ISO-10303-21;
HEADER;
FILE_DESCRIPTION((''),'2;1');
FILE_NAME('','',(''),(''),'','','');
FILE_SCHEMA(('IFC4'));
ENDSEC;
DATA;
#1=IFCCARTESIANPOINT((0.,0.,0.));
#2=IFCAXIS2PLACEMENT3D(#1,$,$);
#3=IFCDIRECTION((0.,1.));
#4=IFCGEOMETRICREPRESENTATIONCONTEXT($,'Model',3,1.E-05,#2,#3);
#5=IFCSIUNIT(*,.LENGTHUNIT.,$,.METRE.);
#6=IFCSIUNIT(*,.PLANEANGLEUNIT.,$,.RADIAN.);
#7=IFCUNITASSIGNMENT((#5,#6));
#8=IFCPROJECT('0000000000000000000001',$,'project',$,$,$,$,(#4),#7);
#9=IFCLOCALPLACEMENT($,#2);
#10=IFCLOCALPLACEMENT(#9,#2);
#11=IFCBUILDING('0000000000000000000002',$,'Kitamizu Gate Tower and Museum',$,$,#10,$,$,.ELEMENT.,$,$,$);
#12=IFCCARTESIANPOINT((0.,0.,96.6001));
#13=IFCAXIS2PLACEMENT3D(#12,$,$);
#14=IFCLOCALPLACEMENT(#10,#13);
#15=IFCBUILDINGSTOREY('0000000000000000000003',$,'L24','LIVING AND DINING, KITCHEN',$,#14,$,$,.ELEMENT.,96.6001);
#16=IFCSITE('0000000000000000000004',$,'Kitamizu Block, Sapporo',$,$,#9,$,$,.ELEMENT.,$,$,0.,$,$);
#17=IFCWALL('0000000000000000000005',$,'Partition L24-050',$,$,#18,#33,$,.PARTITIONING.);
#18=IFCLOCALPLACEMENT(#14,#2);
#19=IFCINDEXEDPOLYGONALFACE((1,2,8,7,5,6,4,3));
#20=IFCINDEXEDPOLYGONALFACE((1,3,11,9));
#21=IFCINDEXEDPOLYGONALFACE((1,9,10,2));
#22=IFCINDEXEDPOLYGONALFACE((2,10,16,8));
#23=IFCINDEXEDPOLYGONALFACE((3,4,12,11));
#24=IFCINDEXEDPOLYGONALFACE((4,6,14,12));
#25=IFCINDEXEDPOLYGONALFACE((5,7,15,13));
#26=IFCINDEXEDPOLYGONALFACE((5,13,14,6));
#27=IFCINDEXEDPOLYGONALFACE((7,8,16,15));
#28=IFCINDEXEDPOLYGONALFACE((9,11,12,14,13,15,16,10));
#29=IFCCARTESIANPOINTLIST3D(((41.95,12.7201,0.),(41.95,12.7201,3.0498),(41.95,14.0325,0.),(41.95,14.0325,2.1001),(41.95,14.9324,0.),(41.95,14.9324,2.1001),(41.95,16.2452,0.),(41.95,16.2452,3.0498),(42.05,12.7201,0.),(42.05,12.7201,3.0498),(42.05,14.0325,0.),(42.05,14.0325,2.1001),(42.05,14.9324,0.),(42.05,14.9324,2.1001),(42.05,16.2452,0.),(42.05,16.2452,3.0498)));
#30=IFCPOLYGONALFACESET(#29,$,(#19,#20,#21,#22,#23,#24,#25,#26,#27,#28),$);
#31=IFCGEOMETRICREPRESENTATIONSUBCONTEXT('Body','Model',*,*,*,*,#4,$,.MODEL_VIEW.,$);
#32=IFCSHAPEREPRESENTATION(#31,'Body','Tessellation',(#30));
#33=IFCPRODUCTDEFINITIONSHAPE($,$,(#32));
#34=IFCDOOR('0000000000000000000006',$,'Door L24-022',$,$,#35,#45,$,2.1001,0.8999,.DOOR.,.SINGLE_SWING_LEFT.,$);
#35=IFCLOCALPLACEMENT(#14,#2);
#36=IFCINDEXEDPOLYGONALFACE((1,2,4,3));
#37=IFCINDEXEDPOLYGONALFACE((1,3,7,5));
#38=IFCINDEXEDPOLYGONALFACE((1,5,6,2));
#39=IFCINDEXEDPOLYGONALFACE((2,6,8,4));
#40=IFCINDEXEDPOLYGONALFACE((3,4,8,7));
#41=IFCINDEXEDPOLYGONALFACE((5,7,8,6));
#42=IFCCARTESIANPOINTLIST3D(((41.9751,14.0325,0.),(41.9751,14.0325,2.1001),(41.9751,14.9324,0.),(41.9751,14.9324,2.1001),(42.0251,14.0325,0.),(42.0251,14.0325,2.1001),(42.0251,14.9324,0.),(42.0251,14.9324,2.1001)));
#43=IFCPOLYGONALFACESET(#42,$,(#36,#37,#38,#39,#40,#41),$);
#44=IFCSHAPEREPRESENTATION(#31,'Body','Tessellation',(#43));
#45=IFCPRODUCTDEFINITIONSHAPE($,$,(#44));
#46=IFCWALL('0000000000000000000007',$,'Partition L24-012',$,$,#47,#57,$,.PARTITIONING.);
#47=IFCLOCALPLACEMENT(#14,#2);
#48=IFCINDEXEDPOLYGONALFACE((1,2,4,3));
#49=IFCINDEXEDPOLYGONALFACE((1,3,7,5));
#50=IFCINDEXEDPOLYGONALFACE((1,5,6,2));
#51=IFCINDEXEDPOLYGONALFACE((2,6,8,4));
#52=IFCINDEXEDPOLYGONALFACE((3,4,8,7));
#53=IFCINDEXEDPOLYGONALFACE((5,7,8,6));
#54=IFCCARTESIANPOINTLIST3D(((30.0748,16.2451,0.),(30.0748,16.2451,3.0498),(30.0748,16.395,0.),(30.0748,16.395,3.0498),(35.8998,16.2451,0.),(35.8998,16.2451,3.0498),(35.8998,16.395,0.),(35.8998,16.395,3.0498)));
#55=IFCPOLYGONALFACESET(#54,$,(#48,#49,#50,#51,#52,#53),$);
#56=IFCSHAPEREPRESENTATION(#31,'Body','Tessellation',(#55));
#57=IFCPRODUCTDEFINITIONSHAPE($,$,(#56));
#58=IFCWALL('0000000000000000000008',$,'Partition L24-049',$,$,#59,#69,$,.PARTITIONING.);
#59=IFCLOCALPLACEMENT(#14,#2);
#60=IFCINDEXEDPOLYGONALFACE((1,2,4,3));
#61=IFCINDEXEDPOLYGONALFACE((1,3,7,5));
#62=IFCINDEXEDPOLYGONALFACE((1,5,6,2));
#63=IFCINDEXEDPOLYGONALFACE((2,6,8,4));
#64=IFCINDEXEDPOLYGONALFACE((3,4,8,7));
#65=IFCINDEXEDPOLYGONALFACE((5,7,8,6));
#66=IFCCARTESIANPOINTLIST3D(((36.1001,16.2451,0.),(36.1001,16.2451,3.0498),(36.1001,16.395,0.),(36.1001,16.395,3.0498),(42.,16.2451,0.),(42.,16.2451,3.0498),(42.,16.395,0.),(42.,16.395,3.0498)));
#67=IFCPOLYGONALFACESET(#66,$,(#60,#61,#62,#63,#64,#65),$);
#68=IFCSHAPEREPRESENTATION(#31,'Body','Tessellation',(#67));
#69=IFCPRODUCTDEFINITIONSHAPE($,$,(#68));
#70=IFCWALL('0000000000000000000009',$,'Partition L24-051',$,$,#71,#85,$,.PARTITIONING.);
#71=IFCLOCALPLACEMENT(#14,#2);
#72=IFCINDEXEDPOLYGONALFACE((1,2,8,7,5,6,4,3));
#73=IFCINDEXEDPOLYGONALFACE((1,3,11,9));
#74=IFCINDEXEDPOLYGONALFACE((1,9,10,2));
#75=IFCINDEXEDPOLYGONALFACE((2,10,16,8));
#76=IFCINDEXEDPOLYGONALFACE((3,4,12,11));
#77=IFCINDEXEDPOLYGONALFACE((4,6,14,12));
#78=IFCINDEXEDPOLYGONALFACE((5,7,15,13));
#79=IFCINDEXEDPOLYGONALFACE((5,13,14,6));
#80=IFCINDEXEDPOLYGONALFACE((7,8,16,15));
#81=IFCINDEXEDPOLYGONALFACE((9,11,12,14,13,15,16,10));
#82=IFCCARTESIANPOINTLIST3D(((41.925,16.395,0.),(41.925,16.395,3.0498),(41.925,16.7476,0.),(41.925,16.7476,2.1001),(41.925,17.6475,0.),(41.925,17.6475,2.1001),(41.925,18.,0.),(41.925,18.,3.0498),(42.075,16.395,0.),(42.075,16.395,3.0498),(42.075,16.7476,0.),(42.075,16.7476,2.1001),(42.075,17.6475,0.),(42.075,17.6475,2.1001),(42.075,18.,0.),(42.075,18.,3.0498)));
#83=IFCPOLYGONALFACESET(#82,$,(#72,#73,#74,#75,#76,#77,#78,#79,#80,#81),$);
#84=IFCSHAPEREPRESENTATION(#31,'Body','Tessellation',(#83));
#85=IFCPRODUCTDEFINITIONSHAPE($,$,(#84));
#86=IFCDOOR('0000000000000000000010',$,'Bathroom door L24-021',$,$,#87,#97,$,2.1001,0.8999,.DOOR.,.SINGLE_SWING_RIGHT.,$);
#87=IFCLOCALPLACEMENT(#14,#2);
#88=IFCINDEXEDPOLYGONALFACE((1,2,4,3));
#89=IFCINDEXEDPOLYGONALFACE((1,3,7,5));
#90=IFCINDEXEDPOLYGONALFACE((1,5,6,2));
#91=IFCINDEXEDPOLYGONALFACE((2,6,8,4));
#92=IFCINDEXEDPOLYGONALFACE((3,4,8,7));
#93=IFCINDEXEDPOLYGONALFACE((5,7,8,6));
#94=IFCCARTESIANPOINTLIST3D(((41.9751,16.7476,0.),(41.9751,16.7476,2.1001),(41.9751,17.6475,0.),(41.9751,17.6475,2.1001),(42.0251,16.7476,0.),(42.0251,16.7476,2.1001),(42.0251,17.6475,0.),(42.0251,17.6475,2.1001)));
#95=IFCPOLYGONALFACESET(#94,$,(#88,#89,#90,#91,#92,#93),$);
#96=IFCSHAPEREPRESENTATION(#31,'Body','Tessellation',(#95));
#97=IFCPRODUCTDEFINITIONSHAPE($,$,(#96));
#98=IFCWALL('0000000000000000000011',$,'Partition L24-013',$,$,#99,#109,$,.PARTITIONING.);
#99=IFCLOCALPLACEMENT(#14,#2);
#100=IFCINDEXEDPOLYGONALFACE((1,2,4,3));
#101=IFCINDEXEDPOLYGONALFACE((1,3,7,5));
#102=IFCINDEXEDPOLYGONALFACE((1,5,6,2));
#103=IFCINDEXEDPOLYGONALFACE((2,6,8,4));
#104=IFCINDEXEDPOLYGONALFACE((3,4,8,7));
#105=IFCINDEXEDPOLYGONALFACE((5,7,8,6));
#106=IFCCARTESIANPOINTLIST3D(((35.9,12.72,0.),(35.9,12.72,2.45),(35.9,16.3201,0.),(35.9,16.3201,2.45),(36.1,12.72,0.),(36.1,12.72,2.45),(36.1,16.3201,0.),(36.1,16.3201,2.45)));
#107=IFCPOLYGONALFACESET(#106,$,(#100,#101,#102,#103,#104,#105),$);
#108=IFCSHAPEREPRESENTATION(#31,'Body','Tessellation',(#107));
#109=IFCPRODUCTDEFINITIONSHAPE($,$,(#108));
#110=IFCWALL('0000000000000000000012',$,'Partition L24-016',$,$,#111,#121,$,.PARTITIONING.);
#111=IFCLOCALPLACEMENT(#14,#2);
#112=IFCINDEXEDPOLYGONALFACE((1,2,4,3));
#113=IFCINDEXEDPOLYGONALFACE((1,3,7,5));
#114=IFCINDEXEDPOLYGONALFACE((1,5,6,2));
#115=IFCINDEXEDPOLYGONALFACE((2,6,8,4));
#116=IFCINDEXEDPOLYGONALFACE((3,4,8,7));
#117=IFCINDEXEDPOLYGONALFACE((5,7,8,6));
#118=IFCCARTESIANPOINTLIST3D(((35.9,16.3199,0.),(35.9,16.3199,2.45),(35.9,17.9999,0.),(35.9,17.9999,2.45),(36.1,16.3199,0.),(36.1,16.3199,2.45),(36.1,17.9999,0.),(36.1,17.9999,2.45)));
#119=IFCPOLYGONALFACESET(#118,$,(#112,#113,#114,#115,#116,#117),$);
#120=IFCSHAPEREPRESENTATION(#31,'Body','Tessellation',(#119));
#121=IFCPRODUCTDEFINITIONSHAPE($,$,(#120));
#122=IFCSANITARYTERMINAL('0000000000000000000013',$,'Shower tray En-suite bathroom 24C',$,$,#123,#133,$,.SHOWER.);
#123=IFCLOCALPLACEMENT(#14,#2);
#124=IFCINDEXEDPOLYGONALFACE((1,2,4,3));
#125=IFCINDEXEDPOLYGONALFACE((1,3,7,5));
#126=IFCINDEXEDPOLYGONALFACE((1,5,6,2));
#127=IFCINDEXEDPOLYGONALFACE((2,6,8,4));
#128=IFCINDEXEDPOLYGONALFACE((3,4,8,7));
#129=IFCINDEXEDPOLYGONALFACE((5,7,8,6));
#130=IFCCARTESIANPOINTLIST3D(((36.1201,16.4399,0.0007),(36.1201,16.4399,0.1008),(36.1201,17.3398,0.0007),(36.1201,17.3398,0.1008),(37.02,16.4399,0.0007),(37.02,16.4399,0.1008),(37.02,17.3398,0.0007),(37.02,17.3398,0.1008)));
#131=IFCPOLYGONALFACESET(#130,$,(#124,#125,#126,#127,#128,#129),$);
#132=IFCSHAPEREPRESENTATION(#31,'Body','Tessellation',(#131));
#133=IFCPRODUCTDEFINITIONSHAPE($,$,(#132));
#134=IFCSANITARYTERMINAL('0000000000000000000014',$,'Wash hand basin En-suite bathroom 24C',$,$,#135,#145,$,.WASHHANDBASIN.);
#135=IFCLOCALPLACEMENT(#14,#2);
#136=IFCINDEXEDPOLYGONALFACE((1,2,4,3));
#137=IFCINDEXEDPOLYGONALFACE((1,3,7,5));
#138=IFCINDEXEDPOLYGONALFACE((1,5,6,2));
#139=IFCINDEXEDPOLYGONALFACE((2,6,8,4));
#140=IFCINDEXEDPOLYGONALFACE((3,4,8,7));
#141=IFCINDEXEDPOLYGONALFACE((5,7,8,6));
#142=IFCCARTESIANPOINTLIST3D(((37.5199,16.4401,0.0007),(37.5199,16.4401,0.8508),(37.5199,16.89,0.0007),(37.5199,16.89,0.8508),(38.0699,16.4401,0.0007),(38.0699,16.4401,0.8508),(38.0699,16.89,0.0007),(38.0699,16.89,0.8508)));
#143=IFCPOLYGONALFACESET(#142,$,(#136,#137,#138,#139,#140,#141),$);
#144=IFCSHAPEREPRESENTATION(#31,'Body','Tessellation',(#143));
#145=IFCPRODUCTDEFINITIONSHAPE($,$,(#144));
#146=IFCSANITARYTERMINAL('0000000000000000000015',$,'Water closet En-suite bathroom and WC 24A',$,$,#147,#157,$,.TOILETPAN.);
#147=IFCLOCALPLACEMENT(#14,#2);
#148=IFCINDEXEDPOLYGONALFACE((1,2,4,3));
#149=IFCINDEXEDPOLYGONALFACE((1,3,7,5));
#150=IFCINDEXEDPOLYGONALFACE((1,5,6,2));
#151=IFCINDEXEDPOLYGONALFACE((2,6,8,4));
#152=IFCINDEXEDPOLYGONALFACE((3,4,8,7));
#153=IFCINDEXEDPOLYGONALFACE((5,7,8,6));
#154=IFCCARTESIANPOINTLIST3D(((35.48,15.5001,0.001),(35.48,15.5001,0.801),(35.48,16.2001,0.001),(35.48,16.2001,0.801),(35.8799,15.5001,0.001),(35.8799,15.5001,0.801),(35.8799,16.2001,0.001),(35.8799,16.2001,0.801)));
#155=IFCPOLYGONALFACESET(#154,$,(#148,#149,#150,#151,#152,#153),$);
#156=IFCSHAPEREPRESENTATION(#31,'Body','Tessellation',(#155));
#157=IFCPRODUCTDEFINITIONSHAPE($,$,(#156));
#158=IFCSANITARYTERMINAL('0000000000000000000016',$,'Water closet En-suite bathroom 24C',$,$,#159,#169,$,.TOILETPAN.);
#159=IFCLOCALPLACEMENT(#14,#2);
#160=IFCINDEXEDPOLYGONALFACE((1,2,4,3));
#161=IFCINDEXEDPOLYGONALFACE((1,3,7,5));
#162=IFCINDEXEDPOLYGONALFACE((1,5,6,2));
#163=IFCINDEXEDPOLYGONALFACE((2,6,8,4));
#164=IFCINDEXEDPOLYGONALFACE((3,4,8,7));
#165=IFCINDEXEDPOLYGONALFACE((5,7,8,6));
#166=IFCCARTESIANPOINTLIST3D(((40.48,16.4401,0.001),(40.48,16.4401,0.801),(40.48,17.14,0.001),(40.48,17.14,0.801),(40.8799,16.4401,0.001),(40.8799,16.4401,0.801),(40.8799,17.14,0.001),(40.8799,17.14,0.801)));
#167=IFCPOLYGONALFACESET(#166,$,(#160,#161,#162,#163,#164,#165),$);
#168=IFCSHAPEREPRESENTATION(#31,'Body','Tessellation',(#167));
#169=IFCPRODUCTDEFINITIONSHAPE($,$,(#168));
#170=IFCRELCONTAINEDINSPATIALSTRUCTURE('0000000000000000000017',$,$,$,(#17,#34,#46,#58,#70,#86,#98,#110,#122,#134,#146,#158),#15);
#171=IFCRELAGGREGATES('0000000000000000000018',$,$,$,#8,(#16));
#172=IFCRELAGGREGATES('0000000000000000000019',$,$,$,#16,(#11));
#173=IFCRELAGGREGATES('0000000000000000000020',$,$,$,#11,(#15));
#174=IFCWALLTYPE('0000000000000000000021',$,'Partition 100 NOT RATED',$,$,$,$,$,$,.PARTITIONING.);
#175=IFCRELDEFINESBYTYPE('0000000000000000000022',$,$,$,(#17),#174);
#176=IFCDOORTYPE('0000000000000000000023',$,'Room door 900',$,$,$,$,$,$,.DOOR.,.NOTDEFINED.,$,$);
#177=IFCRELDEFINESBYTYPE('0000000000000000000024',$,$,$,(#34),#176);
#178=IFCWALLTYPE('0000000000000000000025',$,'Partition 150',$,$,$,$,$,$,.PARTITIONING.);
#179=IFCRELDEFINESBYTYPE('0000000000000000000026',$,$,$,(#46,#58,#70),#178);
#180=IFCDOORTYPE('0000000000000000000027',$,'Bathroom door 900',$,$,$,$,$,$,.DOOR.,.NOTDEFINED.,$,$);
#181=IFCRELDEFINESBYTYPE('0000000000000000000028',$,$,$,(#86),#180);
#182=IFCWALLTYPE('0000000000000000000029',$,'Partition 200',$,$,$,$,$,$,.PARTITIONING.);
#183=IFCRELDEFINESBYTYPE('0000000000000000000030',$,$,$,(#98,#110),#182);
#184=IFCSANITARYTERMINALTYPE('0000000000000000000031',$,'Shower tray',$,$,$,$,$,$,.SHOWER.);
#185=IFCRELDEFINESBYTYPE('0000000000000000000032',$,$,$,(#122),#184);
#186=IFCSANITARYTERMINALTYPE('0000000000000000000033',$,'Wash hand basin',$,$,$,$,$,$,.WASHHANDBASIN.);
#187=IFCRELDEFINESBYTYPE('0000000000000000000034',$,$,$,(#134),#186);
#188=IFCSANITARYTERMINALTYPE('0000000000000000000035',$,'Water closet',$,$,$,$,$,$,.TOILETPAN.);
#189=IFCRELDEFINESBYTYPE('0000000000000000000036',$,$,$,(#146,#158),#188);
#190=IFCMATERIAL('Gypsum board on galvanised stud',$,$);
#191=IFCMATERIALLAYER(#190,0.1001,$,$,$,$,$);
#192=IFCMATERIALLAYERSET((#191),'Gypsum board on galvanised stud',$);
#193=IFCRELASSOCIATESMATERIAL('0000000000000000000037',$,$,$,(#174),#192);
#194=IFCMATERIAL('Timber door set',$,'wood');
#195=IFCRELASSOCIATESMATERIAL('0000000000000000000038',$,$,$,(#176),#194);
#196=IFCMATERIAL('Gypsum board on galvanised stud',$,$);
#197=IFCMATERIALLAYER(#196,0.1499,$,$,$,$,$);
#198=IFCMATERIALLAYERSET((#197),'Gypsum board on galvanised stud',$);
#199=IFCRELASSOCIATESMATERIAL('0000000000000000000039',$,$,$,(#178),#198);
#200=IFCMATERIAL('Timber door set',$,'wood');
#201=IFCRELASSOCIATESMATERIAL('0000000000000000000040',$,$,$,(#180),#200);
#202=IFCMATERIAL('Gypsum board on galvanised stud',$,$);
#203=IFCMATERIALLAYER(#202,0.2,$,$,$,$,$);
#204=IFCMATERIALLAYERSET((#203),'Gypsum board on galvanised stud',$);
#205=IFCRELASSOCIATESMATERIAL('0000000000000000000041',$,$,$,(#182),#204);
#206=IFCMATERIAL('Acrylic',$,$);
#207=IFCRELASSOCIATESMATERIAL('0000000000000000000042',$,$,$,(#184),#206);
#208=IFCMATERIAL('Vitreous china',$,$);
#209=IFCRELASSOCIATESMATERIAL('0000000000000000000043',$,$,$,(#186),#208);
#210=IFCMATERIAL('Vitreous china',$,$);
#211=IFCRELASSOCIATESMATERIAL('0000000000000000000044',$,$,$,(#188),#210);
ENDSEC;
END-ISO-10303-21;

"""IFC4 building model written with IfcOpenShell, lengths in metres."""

from ifc_helpers import new_model, si_unit, direction, frame, frame_2d, origin, origin_2d, place, context, subcontext, project, spatial, rectangle, extrude, material, layer, layer_set, type_object, element, fill, save


model = new_model("IFC4")

# Units and contexts
model_context = context("Model", 3, precision=1e-05, world=origin(), true_north=direction((0.0, 1.0)))
body_context = subcontext(model_context, "Body", "Model", "MODEL_VIEW")
ifc_project = project(units=[si_unit("LENGTHUNIT", "METRE"), si_unit("PLANEANGLEUNIT", "RADIAN")], contexts=[model_context])

# Site, building, storey
site_placement = place(None, origin())
site = spatial("IfcSite", under=ifc_project, at=site_placement, Name="Kitamizu Block, Sapporo", CompositionType="ELEMENT", RefElevation=0.0)
building_placement = place(site_placement, origin())
building = spatial("IfcBuilding", under=site, at=building_placement, Name="Kitamizu Gate Tower and Museum", CompositionType="ELEMENT")
storey_placement = place(building_placement, frame((0.0, 0.0, 96.6001)))
storey = spatial("IfcBuildingStorey", under=building, at=storey_placement, Name="L24", Description="LIVING AND DINING, KITCHEN", CompositionType="ELEMENT", Elevation=96.6001)

# Wall, opening, door
ifc_material_1 = material(Name="Gypsum board on galvanised stud")
ifc_layer_1 = layer(ifc_material_1, 0.1001)
ifc_layer_set_1 = layer_set([ifc_layer_1], Name="Gypsum board on galvanised stud")
wall_type_1 = type_object("IfcWallType", Name="Partition 100 NOT RATED", PredefinedType="PARTITIONING", material=ifc_layer_set_1)
wall_1_placement = place(storey_placement, frame((42.0, 12.72, 0.0), z_axis=(0.0, 0.0, 1.0), x_axis=(0.0, 1.0, 0.0)))
wall_1 = element("IfcWall", 1, at=wall_1_placement, inside=storey, type_object=wall_type_1, Name="Partition L24-050", PredefinedType="PARTITIONING", context=body_context, shape_type="SweptSolid", body=[
    extrude(rectangle(XDim=3.5251, YDim=0.1001, at=frame_2d((1.7627, 0.0))), origin(), (0.0, 0.0, 1.0), 3.0498),
])
opening_1_placement = place(wall_1_placement, frame((1.3125, 0.0, 0.0)))
opening_1 = element("IfcOpeningElement", 2, at=opening_1_placement, cuts=wall_1, PredefinedType="OPENING", context=body_context, shape_type="SweptSolid", body=[
    extrude(rectangle(XDim=0.8999, YDim=2.1001, at=frame_2d((0.45, 1.05))), frame((0.0, 0.0601, 0.0), z_axis=(0.0, -1.0, 0.0), x_axis=(1.0, 0.0, 0.0)), (0.0, 0.0, 1.0), 0.1201),
])
ifc_material_2 = material(Name="Timber door set", Category="wood")
door_type_1 = type_object("IfcDoorType", Name="Room door 900", OperationType="NOTDEFINED", PredefinedType="DOOR", material=ifc_material_2)
door_1_placement = place(opening_1_placement, origin())
door_1 = element("IfcDoor", 3, at=door_1_placement, inside=storey, type_object=door_type_1, Name="Door L24-022", OperationType="SINGLE_SWING_LEFT", OverallHeight=2.1001, OverallWidth=0.8999, PredefinedType="DOOR", context=body_context, shape_type="SweptSolid", body=[
    extrude(rectangle(XDim=0.8999, YDim=2.1001, at=frame_2d((0.45, 1.05))), frame((0.0, 0.0249, 0.0), z_axis=(0.0, -1.0, 0.0), x_axis=(1.0, 0.0, 0.0)), (0.0, 0.0, 1.0), 0.05),
])
fill(opening_1, door_1)

# Walls
ifc_material_3 = material(Name="Gypsum board on galvanised stud")
ifc_layer_2 = layer(ifc_material_3, 0.1499)
ifc_layer_set_2 = layer_set([ifc_layer_2], Name="Gypsum board on galvanised stud")
wall_type_2 = type_object("IfcWallType", Name="Partition 150", PredefinedType="PARTITIONING", material=ifc_layer_set_2)
wall_2_placement = place(storey_placement, frame((35.8999, 16.3201, 0.0), z_axis=(0.0, 0.0, 1.0), x_axis=(-1.0, 0.0, 0.0)))
element("IfcWall", 4, at=wall_2_placement, inside=storey, type_object=wall_type_2, Name="Partition L24-012", PredefinedType="PARTITIONING", context=body_context, shape_type="SweptSolid", body=[
    extrude(rectangle(XDim=5.825, YDim=0.1499, at=frame_2d((2.9126, 0.0))), origin(), (0.0, 0.0, 1.0), 3.0498),
])
wall_3_placement = place(storey_placement, frame((42.0, 16.3201, 0.0), z_axis=(0.0, 0.0, 1.0), x_axis=(-1.0, 0.0, 0.0)))
element("IfcWall", 5, at=wall_3_placement, inside=storey, type_object=wall_type_2, Name="Partition L24-049", PredefinedType="PARTITIONING", context=body_context, shape_type="SweptSolid", body=[
    extrude(rectangle(XDim=5.8999, YDim=0.1499, at=frame_2d((2.95, 0.0))), origin(), (0.0, 0.0, 1.0), 3.0498),
])

# Wall, opening, door
wall_4_placement = place(storey_placement, frame((42.0, 16.395, 0.0), z_axis=(0.0, 0.0, 1.0), x_axis=(0.0, 1.0, 0.0)))
wall_4 = element("IfcWall", 6, at=wall_4_placement, inside=storey, type_object=wall_type_2, Name="Partition L24-051", PredefinedType="PARTITIONING", context=body_context, shape_type="SweptSolid", body=[
    extrude(rectangle(XDim=1.605, YDim=0.1499, at=frame_2d((0.8025, 0.0))), origin(), (0.0, 0.0, 1.0), 3.0498),
])
opening_2_placement = place(wall_4_placement, frame((0.3525, 0.0, 0.0)))
opening_2 = element("IfcOpeningElement", 7, at=opening_2_placement, cuts=wall_4, PredefinedType="OPENING", context=body_context, shape_type="SweptSolid", body=[
    extrude(rectangle(XDim=0.8999, YDim=2.1001, at=frame_2d((0.45, 1.05))), frame((0.0, 0.085, 0.0), z_axis=(0.0, -1.0, 0.0), x_axis=(1.0, 0.0, 0.0)), (0.0, 0.0, 1.0), 0.1699),
])
ifc_material_4 = material(Name="Timber door set", Category="wood")
door_type_2 = type_object("IfcDoorType", Name="Bathroom door 900", OperationType="NOTDEFINED", PredefinedType="DOOR", material=ifc_material_4)
door_2_placement = place(opening_2_placement, origin())
door_2 = element("IfcDoor", 8, at=door_2_placement, inside=storey, type_object=door_type_2, Name="Bathroom door L24-021", OperationType="SINGLE_SWING_RIGHT", OverallHeight=2.1001, OverallWidth=0.8999, PredefinedType="DOOR", context=body_context, shape_type="SweptSolid", body=[
    extrude(rectangle(XDim=0.8999, YDim=2.1001, at=frame_2d((0.45, 1.05))), frame((0.0, 0.0249, 0.0), z_axis=(0.0, -1.0, 0.0), x_axis=(1.0, 0.0, 0.0)), (0.0, 0.0, 1.0), 0.05),
])
fill(opening_2, door_2)

# Walls
ifc_material_5 = material(Name="Gypsum board on galvanised stud")
ifc_layer_3 = layer(ifc_material_5, 0.2)
ifc_layer_set_3 = layer_set([ifc_layer_3], Name="Gypsum board on galvanised stud")
wall_type_3 = type_object("IfcWallType", Name="Partition 200", PredefinedType="PARTITIONING", material=ifc_layer_set_3)
wall_5_placement = place(storey_placement, frame((36.0, 12.72, 0.0), z_axis=(0.0, 0.0, 1.0), x_axis=(0.0, 1.0, 0.0)))
element("IfcWall", 9, at=wall_5_placement, inside=storey, type_object=wall_type_3, Name="Partition L24-013", PredefinedType="PARTITIONING", context=body_context, shape_type="SweptSolid", body=[
    extrude(rectangle(XDim=3.6001, YDim=0.2, at=frame_2d((1.8, 0.0))), origin(), (0.0, 0.0, 1.0), 2.45),
])
wall_6_placement = place(storey_placement, frame((36.0, 16.3201, 0.0), z_axis=(0.0, 0.0, 1.0), x_axis=(0.0, 1.0, 0.0)))
element("IfcWall", 10, at=wall_6_placement, inside=storey, type_object=wall_type_3, Name="Partition L24-016", PredefinedType="PARTITIONING", context=body_context, shape_type="SweptSolid", body=[
    extrude(rectangle(XDim=1.6799, YDim=0.2, at=frame_2d((0.8398, 0.0))), origin(), (0.0, 0.0, 1.0), 2.45),
])

# Sanitary terminals
ifc_material_6 = material(Name="Acrylic")
sanitary_terminal_type_1 = type_object("IfcSanitaryTerminalType", Name="Shower tray", PredefinedType="SHOWER", material=ifc_material_6)
sanitary_terminal_1_placement = place(storey_placement, frame((36.5701, 16.8899, 0.0007), z_axis=(0.0, 0.0, 1.0), x_axis=(1.0, 0.0, 0.0)))
element("IfcSanitaryTerminal", 11, at=sanitary_terminal_1_placement, inside=storey, type_object=sanitary_terminal_type_1, Name="Shower tray En-suite bathroom 24C", PredefinedType="SHOWER", context=body_context, shape_type="SweptSolid", body=[
    extrude(rectangle(XDim=0.8999, YDim=0.8999, at=origin_2d()), origin(), (0.0, 0.0, 1.0), 0.1001),
])
ifc_material_7 = material(Name="Vitreous china")
sanitary_terminal_type_2 = type_object("IfcSanitaryTerminalType", Name="Wash hand basin", PredefinedType="WASHHANDBASIN", material=ifc_material_7)
sanitary_terminal_2_placement = place(storey_placement, frame((37.7949, 16.665, 0.0007), z_axis=(0.0, 0.0, 1.0), x_axis=(1.0, 0.0, 0.0)))
element("IfcSanitaryTerminal", 12, at=sanitary_terminal_2_placement, inside=storey, type_object=sanitary_terminal_type_2, Name="Wash hand basin En-suite bathroom 24C", PredefinedType="WASHHANDBASIN", context=body_context, shape_type="SweptSolid", body=[
    extrude(rectangle(XDim=0.55, YDim=0.45, at=origin_2d()), origin(), (0.0, 0.0, 1.0), 0.8501),
])
ifc_material_8 = material(Name="Vitreous china")
sanitary_terminal_type_3 = type_object("IfcSanitaryTerminalType", Name="Water closet", PredefinedType="TOILETPAN", material=ifc_material_8)
for number, where, z_axis, x_axis, name in (
    (13, (35.6799, 15.8501, 0.001), (0.0, 0.0, 1.0), (1.0, 0.0, 0.0), "Water closet En-suite bathroom and WC 24A"),
    (14, (40.6799, 16.79, 0.001), (0.0, 0.0, 1.0), (1.0, 0.0, 0.0), "Water closet En-suite bathroom 24C"),
):
    element("IfcSanitaryTerminal", number, at=place(storey_placement, frame(where, z_axis=z_axis, x_axis=x_axis)), inside=storey, type_object=sanitary_terminal_type_3, Name=name, PredefinedType="TOILETPAN", context=body_context, shape_type="SweptSolid", body=[
        extrude(rectangle(XDim=0.3999, YDim=0.7, at=origin_2d()), origin(), (0.0, 0.0, 1.0), 0.8),
    ])

save(model, "model.ifc")
